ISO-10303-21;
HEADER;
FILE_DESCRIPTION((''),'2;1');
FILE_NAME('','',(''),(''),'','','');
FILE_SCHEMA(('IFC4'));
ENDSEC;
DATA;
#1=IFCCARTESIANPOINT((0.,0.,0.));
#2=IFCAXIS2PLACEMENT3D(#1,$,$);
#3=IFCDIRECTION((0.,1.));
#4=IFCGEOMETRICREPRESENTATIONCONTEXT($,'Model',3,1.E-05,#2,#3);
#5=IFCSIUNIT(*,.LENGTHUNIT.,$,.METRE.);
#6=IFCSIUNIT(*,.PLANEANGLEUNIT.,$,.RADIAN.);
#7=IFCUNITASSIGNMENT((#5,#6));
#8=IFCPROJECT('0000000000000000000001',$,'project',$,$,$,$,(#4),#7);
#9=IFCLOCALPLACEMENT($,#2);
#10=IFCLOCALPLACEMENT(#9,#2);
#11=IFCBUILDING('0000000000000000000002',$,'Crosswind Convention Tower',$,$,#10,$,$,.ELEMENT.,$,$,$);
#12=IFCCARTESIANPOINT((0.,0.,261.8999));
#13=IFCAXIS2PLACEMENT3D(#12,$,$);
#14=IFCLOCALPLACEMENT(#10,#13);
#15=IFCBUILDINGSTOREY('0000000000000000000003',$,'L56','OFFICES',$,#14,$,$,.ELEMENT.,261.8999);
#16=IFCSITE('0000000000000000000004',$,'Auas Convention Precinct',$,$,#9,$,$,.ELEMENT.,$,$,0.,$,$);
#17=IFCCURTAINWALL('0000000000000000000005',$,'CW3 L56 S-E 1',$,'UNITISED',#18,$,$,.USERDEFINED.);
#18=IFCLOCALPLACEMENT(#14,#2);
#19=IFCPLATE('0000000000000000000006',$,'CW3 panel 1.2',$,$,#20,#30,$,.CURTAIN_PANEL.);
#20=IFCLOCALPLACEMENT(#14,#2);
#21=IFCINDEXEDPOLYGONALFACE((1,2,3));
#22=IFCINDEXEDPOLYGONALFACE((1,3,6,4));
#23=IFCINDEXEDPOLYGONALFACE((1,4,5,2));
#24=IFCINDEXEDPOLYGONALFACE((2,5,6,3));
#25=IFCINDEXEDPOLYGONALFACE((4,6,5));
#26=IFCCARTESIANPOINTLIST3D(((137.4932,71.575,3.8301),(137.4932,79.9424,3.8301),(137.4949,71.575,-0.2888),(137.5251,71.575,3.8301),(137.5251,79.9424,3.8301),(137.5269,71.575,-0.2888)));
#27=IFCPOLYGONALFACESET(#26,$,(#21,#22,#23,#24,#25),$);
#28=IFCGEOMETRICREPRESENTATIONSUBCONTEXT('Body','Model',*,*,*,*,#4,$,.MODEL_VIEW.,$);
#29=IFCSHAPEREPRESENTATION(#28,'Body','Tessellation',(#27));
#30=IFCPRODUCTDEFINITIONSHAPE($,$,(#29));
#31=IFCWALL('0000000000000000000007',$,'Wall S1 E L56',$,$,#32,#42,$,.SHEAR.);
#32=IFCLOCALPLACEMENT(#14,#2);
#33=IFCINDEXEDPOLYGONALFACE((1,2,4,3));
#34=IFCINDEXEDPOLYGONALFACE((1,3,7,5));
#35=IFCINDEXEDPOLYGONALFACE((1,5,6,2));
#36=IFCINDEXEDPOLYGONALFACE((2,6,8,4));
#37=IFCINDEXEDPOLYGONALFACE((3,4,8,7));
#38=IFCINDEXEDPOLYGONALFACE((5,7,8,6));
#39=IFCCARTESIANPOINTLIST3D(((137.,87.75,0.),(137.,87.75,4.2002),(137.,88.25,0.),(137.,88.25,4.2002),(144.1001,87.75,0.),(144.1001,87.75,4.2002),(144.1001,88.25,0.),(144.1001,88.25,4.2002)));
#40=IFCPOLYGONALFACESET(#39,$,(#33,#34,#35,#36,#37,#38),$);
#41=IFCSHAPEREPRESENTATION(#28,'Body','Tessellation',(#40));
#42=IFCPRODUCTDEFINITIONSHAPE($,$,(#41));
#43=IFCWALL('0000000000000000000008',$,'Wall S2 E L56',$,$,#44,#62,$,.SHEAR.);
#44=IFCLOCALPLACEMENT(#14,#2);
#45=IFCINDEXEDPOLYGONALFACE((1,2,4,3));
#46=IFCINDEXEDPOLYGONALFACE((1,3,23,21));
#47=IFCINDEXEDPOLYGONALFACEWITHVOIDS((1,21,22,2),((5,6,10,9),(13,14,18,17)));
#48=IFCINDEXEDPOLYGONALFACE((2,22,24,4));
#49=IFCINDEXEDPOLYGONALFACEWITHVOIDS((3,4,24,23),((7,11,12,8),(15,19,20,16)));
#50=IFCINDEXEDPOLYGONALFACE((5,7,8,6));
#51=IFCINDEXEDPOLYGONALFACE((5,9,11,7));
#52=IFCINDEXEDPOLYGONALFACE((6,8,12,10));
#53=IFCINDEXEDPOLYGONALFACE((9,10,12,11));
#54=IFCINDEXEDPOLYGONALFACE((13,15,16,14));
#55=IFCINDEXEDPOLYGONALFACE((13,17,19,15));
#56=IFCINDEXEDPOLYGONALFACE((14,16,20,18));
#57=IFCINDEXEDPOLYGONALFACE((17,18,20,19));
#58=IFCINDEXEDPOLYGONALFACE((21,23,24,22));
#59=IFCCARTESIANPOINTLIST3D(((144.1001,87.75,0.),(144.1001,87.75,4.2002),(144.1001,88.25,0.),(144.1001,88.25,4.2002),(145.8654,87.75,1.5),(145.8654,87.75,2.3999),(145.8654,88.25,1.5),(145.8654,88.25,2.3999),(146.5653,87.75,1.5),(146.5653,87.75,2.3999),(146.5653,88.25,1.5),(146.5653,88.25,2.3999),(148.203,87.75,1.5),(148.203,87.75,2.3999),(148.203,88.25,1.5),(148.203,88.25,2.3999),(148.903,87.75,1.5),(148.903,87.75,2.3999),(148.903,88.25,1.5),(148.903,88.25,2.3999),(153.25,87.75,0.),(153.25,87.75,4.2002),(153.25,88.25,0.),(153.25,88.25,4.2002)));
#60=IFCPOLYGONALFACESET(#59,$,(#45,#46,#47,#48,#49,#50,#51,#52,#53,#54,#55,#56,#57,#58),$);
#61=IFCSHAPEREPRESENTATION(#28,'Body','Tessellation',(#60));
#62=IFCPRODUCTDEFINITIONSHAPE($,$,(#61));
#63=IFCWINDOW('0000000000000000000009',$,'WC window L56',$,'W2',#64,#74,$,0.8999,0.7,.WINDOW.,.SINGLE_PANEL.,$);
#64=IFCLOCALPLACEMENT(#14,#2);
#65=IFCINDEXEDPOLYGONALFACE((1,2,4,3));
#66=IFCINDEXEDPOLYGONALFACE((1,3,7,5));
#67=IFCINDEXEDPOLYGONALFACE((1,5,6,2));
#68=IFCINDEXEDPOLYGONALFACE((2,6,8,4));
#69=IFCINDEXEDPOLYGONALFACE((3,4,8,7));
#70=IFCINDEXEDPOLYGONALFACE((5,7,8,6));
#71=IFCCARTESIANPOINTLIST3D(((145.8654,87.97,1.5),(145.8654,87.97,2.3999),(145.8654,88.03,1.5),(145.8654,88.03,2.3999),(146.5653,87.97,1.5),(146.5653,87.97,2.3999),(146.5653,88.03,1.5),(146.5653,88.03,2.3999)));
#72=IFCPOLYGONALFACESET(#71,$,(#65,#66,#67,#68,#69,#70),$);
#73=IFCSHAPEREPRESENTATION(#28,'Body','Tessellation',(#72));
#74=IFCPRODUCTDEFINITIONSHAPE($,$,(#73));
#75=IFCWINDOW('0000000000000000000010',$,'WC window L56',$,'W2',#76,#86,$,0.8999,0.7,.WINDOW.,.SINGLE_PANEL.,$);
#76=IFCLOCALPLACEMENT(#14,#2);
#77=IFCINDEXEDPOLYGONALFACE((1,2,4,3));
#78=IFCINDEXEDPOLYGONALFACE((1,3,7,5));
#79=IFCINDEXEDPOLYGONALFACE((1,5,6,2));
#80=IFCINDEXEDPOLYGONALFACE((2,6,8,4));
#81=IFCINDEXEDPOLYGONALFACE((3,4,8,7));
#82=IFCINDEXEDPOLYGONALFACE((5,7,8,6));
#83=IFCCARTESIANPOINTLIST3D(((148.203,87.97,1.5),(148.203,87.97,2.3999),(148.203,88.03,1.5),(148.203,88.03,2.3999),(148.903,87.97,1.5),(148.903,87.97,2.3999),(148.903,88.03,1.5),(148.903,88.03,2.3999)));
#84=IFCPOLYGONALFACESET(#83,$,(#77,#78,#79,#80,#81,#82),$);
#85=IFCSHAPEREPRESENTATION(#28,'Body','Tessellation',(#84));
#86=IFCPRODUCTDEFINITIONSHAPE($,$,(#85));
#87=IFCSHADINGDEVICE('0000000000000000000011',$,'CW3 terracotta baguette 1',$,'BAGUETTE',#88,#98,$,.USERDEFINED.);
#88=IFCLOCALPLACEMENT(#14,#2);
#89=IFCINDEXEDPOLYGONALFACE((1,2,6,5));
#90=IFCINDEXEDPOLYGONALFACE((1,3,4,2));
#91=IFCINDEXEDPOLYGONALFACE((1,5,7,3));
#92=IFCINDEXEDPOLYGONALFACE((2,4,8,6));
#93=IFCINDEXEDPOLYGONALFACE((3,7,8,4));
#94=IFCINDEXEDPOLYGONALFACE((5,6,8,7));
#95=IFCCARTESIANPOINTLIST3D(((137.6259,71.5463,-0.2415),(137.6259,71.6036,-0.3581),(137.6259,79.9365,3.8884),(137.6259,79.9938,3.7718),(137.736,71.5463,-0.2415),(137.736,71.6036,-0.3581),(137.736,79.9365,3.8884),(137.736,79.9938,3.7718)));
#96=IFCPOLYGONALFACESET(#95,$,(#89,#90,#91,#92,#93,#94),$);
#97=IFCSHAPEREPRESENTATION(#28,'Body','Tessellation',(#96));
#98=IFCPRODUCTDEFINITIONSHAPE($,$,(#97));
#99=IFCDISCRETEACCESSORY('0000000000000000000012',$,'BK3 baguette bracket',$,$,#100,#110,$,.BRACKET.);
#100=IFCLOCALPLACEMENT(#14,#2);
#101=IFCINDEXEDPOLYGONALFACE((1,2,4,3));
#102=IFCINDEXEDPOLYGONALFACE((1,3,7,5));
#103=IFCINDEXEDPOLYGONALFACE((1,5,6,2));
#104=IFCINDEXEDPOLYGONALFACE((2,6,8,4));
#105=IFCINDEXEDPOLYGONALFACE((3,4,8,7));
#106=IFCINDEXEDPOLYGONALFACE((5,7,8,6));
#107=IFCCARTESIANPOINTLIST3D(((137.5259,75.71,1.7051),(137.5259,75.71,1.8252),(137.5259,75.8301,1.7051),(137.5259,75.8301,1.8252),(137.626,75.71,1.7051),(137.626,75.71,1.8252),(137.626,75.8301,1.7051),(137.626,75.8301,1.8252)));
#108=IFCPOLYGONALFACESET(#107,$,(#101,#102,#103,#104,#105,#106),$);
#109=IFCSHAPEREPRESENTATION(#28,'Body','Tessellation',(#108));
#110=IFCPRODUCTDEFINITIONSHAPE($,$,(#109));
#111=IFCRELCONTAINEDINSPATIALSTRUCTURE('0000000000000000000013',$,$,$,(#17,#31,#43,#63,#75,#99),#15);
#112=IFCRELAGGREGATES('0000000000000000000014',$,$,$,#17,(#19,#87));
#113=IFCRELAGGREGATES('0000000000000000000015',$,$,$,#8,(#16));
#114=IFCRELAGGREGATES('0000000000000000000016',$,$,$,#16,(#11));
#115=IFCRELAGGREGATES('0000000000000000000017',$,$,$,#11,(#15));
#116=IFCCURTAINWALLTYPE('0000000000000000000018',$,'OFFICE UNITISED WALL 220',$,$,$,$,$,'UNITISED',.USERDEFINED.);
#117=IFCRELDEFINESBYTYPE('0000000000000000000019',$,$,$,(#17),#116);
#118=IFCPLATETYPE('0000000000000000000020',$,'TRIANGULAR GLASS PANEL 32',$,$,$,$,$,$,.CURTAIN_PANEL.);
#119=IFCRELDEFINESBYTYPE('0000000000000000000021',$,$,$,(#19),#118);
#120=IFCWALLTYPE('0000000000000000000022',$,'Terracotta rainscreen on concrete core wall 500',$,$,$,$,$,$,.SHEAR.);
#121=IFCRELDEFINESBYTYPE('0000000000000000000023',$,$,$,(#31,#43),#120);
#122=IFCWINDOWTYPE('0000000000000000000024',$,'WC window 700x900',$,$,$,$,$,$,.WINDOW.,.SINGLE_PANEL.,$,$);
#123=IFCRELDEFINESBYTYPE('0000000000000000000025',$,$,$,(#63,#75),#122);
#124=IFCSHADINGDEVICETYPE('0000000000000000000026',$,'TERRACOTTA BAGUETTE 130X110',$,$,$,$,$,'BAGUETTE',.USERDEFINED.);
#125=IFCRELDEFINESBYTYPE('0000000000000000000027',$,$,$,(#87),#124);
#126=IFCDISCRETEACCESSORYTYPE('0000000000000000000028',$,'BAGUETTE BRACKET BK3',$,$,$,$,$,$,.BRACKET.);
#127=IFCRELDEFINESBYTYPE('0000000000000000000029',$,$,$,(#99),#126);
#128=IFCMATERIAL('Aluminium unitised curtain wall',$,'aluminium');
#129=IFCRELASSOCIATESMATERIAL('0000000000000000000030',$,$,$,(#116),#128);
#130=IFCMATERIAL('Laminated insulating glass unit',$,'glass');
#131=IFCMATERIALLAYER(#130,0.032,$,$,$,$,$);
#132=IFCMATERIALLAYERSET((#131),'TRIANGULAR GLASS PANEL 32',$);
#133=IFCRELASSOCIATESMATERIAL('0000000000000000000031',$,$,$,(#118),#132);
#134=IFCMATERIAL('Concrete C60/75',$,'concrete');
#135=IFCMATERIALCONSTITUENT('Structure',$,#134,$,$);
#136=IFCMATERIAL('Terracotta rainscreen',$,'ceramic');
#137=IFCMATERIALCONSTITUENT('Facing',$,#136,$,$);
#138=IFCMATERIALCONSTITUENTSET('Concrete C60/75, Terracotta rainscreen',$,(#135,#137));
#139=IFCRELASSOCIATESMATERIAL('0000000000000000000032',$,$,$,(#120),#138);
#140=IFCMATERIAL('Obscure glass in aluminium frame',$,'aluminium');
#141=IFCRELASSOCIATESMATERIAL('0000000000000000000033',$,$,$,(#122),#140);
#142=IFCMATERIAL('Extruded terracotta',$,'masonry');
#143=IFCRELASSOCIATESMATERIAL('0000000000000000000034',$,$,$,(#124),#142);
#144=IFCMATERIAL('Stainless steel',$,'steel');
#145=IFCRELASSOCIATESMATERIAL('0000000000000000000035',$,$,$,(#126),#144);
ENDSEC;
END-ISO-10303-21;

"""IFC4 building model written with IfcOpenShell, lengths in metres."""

from ifc_helpers import new_model, si_unit, direction, frame, frame_2d, origin, origin_2d, place, context, subcontext, project, spatial, polyline, rectangle, outline, extrude, material, layer, layer_set, constituent, constituent_set, material_profile, profile_set, type_object, element, fill, aggregate, save


model = new_model("IFC4")

# Units and contexts
model_context = context("Model", 3, precision=1e-05, world=origin(), true_north=direction((0.0, 1.0)))
body_context = subcontext(model_context, "Body", "Model", "MODEL_VIEW")
ifc_project = project(units=[si_unit("LENGTHUNIT", "METRE"), si_unit("PLANEANGLEUNIT", "RADIAN")], contexts=[model_context])

# Site, building, storey
site_placement = place(None, origin())
site = spatial("IfcSite", under=ifc_project, at=site_placement, Name="Auas Convention Precinct", CompositionType="ELEMENT", RefElevation=0.0)
building_placement = place(site_placement, origin())
building = spatial("IfcBuilding", under=site, at=building_placement, Name="Crosswind Convention Tower", CompositionType="ELEMENT")
storey_placement = place(building_placement, frame((0.0, 0.0, 261.8999)))
storey = spatial("IfcBuildingStorey", under=building, at=storey_placement, Name="L56", Description="OFFICES", CompositionType="ELEMENT", Elevation=261.8999)

# Shared definitions
ifc_material_1 = material(Name="Concrete C60/75", Category="concrete")

# Shared definitions
ifc_material_2 = material(Name="Aluminium unitised curtain wall", Category="aluminium")

# Curtain wall
curtain_wall_type_1 = type_object("IfcCurtainWallType", Name="OFFICE UNITISED WALL 220", ElementType="UNITISED", PredefinedType="USERDEFINED", material=ifc_material_2)
curtain_wall_1_placement = place(storey_placement, origin())
curtain_wall_1 = element("IfcCurtainWall", 1, at=curtain_wall_1_placement, inside=storey, type_object=curtain_wall_type_1, Name="CW3 L56 S-E 1", ObjectType="UNITISED", PredefinedType="USERDEFINED")

# Plate
ifc_material_3 = material(Name="Laminated insulating glass unit", Category="glass")
ifc_layer_1 = layer(ifc_material_3, 0.032)
ifc_layer_set_1 = layer_set([ifc_layer_1], Name="TRIANGULAR GLASS PANEL 32")
plate_type_1 = type_object("IfcPlateType", Name="TRIANGULAR GLASS PANEL 32", PredefinedType="CURTAIN_PANEL", material=ifc_layer_set_1)
plate_1_placement = place(storey_placement, frame((137.5251, 71.575, 3.8301), z_axis=(1.0, 0.0, 0.000415), x_axis=(0.000415, 0.0, -1.0)))
plate_1 = element("IfcPlate", 2, at=plate_1_placement, type_object=plate_type_1, Name="CW3 panel 1.2", PredefinedType="CURTAIN_PANEL", context=body_context, shape_type="SweptSolid", body=[
    extrude(outline(polyline([(0.0, 0.0), (4.1189, 0.0), (0.0, 8.3674), (0.0, 0.0)])), origin(), (0.0, 0.0, -1.0), 0.032),
])

# Wall
ifc_constituent_1 = constituent(ifc_material_1, Name="Structure")
ifc_material_4 = material(Name="Terracotta rainscreen", Category="ceramic")
ifc_constituent_2 = constituent(ifc_material_4, Name="Facing")
ifc_constituent_set = constituent_set(constituents=[ifc_constituent_1, ifc_constituent_2], Name="Concrete C60/75, Terracotta rainscreen")
wall_type = type_object("IfcWallType", Name="Terracotta rainscreen on concrete core wall 500", PredefinedType="SHEAR", material=ifc_constituent_set)
wall_1_placement = place(storey_placement, frame((137.0, 88.0, 0.0), z_axis=(0.0, 0.0, 1.0), x_axis=(1.0, 0.0, 0.0)))
element("IfcWall", 3, at=wall_1_placement, inside=storey, type_object=wall_type, Name="Wall S1 E L56", PredefinedType="SHEAR", context=body_context, shape_type="SweptSolid", body=[
    extrude(rectangle(XDim=7.1001, YDim=0.5, at=frame_2d((3.55, 0.0))), origin(), (0.0, 0.0, 1.0), 4.2002),
])

# Wall, openings, windows
wall_2_placement = place(storey_placement, frame((144.1001, 88.0, 0.0), z_axis=(0.0, 0.0, 1.0), x_axis=(1.0, 0.0, 0.0)))
wall_2 = element("IfcWall", 4, at=wall_2_placement, inside=storey, type_object=wall_type, Name="Wall S2 E L56", PredefinedType="SHEAR", context=body_context, shape_type="SweptSolid", body=[
    extrude(rectangle(XDim=9.1499, YDim=0.5, at=frame_2d((4.575, 0.0))), origin(), (0.0, 0.0, 1.0), 4.2002),
])
opening_1_placement = place(wall_2_placement, frame((1.7651, 0.0, 1.5)))
opening_1 = element("IfcOpeningElement", 5, at=opening_1_placement, cuts=wall_2, PredefinedType="OPENING", context=body_context, shape_type="SweptSolid", body=[
    extrude(rectangle(XDim=0.7, YDim=0.8999, at=frame_2d((0.3501, 0.45))), frame((0.0, 0.26, 0.0), z_axis=(0.0, -1.0, 0.0), x_axis=(1.0, 0.0, 0.0)), (0.0, 0.0, 1.0), 0.52),
])
opening_2_placement = place(wall_2_placement, frame((4.1028, 0.0, 1.5)))
opening_2 = element("IfcOpeningElement", 6, at=opening_2_placement, cuts=wall_2, PredefinedType="OPENING", context=body_context, shape_type="SweptSolid", body=[
    extrude(rectangle(XDim=0.7, YDim=0.8999, at=frame_2d((0.3501, 0.45))), frame((0.0, 0.26, 0.0), z_axis=(0.0, -1.0, 0.0), x_axis=(1.0, 0.0, 0.0)), (0.0, 0.0, 1.0), 0.52),
])
ifc_material_5 = material(Name="Obscure glass in aluminium frame", Category="aluminium")
window_type = type_object("IfcWindowType", Name="WC window 700x900", PartitioningType="SINGLE_PANEL", PredefinedType="WINDOW", material=ifc_material_5)
window_1_placement = place(opening_1_placement, origin())
window_1 = element("IfcWindow", 7, at=window_1_placement, inside=storey, type_object=window_type, Name="WC window L56", ObjectType="W2", OverallHeight=0.8999, OverallWidth=0.7, PartitioningType="SINGLE_PANEL", PredefinedType="WINDOW", context=body_context, shape_type="SweptSolid", body=[
    extrude(rectangle(XDim=0.7, YDim=0.8999, at=frame_2d((0.3501, 0.45))), frame((0.0, 0.03, 0.0), z_axis=(0.0, -1.0, 0.0), x_axis=(1.0, 0.0, 0.0)), (0.0, 0.0, 1.0), 0.0601),
])
fill(opening_1, window_1)
window_2_placement = place(opening_2_placement, origin())
window_2 = element("IfcWindow", 8, at=window_2_placement, inside=storey, type_object=window_type, Name="WC window L56", ObjectType="W2", OverallHeight=0.8999, OverallWidth=0.7, PartitioningType="SINGLE_PANEL", PredefinedType="WINDOW", context=body_context, shape_type="SweptSolid", body=[
    extrude(rectangle(XDim=0.7, YDim=0.8999, at=frame_2d((0.3501, 0.45))), frame((0.0, 0.03, 0.0), z_axis=(0.0, -1.0, 0.0), x_axis=(1.0, 0.0, 0.0)), (0.0, 0.0, 1.0), 0.0601),
])
fill(opening_2, window_2)

# Shading device
ifc_material_6 = material(Name="Extruded terracotta", Category="masonry")
ifc_material_profile_1 = material_profile(ifc_material_6, rectangle(XDim=0.1101, YDim=0.1299, at=origin_2d()), Name="TC 110X130")
ifc_profile_set_1 = profile_set([ifc_material_profile_1], Name="Extruded terracotta")
shading_device_type = type_object("IfcShadingDeviceType", Name="TERRACOTTA BAGUETTE 130X110", ElementType="BAGUETTE", PredefinedType="USERDEFINED", material=ifc_profile_set_1)
shading_device_placement = place(storey_placement, frame((137.6809, 71.575, -0.2998), z_axis=(0.0, 0.897198, 0.441628), x_axis=(-1.0, 0.0, 0.0)))
shading_device = element("IfcShadingDevice", 9, at=shading_device_placement, type_object=shading_device_type, Name="CW3 terracotta baguette 1", ObjectType="BAGUETTE", PredefinedType="USERDEFINED", context=body_context, shape_type="SweptSolid", body=[
    extrude(rectangle(XDim=0.1101, YDim=0.1299, at=origin_2d()), origin(), (0.0, 0.0, 1.0), 9.3516),
])
aggregate(curtain_wall_1, [plate_1, shading_device])

# Discrete accessory
ifc_material_7 = material(Name="Stainless steel", Category="steel")
discrete_accessory_type = type_object("IfcDiscreteAccessoryType", Name="BAGUETTE BRACKET BK3", PredefinedType="BRACKET", material=ifc_material_7)
discrete_accessory_placement = place(storey_placement, frame((137.5759, 75.77, 1.7051), z_axis=(0.0, 0.0, 1.0), x_axis=(0.0, 1.0, 0.0)))
element("IfcDiscreteAccessory", 10, at=discrete_accessory_placement, inside=storey, type_object=discrete_accessory_type, Name="BK3 baguette bracket", PredefinedType="BRACKET", context=body_context, shape_type="SweptSolid", body=[
    extrude(rectangle(XDim=0.1201, YDim=0.1001, at=origin_2d()), origin(), (0.0, 0.0, 1.0), 0.1201),
])

save(model, "model.ifc")
